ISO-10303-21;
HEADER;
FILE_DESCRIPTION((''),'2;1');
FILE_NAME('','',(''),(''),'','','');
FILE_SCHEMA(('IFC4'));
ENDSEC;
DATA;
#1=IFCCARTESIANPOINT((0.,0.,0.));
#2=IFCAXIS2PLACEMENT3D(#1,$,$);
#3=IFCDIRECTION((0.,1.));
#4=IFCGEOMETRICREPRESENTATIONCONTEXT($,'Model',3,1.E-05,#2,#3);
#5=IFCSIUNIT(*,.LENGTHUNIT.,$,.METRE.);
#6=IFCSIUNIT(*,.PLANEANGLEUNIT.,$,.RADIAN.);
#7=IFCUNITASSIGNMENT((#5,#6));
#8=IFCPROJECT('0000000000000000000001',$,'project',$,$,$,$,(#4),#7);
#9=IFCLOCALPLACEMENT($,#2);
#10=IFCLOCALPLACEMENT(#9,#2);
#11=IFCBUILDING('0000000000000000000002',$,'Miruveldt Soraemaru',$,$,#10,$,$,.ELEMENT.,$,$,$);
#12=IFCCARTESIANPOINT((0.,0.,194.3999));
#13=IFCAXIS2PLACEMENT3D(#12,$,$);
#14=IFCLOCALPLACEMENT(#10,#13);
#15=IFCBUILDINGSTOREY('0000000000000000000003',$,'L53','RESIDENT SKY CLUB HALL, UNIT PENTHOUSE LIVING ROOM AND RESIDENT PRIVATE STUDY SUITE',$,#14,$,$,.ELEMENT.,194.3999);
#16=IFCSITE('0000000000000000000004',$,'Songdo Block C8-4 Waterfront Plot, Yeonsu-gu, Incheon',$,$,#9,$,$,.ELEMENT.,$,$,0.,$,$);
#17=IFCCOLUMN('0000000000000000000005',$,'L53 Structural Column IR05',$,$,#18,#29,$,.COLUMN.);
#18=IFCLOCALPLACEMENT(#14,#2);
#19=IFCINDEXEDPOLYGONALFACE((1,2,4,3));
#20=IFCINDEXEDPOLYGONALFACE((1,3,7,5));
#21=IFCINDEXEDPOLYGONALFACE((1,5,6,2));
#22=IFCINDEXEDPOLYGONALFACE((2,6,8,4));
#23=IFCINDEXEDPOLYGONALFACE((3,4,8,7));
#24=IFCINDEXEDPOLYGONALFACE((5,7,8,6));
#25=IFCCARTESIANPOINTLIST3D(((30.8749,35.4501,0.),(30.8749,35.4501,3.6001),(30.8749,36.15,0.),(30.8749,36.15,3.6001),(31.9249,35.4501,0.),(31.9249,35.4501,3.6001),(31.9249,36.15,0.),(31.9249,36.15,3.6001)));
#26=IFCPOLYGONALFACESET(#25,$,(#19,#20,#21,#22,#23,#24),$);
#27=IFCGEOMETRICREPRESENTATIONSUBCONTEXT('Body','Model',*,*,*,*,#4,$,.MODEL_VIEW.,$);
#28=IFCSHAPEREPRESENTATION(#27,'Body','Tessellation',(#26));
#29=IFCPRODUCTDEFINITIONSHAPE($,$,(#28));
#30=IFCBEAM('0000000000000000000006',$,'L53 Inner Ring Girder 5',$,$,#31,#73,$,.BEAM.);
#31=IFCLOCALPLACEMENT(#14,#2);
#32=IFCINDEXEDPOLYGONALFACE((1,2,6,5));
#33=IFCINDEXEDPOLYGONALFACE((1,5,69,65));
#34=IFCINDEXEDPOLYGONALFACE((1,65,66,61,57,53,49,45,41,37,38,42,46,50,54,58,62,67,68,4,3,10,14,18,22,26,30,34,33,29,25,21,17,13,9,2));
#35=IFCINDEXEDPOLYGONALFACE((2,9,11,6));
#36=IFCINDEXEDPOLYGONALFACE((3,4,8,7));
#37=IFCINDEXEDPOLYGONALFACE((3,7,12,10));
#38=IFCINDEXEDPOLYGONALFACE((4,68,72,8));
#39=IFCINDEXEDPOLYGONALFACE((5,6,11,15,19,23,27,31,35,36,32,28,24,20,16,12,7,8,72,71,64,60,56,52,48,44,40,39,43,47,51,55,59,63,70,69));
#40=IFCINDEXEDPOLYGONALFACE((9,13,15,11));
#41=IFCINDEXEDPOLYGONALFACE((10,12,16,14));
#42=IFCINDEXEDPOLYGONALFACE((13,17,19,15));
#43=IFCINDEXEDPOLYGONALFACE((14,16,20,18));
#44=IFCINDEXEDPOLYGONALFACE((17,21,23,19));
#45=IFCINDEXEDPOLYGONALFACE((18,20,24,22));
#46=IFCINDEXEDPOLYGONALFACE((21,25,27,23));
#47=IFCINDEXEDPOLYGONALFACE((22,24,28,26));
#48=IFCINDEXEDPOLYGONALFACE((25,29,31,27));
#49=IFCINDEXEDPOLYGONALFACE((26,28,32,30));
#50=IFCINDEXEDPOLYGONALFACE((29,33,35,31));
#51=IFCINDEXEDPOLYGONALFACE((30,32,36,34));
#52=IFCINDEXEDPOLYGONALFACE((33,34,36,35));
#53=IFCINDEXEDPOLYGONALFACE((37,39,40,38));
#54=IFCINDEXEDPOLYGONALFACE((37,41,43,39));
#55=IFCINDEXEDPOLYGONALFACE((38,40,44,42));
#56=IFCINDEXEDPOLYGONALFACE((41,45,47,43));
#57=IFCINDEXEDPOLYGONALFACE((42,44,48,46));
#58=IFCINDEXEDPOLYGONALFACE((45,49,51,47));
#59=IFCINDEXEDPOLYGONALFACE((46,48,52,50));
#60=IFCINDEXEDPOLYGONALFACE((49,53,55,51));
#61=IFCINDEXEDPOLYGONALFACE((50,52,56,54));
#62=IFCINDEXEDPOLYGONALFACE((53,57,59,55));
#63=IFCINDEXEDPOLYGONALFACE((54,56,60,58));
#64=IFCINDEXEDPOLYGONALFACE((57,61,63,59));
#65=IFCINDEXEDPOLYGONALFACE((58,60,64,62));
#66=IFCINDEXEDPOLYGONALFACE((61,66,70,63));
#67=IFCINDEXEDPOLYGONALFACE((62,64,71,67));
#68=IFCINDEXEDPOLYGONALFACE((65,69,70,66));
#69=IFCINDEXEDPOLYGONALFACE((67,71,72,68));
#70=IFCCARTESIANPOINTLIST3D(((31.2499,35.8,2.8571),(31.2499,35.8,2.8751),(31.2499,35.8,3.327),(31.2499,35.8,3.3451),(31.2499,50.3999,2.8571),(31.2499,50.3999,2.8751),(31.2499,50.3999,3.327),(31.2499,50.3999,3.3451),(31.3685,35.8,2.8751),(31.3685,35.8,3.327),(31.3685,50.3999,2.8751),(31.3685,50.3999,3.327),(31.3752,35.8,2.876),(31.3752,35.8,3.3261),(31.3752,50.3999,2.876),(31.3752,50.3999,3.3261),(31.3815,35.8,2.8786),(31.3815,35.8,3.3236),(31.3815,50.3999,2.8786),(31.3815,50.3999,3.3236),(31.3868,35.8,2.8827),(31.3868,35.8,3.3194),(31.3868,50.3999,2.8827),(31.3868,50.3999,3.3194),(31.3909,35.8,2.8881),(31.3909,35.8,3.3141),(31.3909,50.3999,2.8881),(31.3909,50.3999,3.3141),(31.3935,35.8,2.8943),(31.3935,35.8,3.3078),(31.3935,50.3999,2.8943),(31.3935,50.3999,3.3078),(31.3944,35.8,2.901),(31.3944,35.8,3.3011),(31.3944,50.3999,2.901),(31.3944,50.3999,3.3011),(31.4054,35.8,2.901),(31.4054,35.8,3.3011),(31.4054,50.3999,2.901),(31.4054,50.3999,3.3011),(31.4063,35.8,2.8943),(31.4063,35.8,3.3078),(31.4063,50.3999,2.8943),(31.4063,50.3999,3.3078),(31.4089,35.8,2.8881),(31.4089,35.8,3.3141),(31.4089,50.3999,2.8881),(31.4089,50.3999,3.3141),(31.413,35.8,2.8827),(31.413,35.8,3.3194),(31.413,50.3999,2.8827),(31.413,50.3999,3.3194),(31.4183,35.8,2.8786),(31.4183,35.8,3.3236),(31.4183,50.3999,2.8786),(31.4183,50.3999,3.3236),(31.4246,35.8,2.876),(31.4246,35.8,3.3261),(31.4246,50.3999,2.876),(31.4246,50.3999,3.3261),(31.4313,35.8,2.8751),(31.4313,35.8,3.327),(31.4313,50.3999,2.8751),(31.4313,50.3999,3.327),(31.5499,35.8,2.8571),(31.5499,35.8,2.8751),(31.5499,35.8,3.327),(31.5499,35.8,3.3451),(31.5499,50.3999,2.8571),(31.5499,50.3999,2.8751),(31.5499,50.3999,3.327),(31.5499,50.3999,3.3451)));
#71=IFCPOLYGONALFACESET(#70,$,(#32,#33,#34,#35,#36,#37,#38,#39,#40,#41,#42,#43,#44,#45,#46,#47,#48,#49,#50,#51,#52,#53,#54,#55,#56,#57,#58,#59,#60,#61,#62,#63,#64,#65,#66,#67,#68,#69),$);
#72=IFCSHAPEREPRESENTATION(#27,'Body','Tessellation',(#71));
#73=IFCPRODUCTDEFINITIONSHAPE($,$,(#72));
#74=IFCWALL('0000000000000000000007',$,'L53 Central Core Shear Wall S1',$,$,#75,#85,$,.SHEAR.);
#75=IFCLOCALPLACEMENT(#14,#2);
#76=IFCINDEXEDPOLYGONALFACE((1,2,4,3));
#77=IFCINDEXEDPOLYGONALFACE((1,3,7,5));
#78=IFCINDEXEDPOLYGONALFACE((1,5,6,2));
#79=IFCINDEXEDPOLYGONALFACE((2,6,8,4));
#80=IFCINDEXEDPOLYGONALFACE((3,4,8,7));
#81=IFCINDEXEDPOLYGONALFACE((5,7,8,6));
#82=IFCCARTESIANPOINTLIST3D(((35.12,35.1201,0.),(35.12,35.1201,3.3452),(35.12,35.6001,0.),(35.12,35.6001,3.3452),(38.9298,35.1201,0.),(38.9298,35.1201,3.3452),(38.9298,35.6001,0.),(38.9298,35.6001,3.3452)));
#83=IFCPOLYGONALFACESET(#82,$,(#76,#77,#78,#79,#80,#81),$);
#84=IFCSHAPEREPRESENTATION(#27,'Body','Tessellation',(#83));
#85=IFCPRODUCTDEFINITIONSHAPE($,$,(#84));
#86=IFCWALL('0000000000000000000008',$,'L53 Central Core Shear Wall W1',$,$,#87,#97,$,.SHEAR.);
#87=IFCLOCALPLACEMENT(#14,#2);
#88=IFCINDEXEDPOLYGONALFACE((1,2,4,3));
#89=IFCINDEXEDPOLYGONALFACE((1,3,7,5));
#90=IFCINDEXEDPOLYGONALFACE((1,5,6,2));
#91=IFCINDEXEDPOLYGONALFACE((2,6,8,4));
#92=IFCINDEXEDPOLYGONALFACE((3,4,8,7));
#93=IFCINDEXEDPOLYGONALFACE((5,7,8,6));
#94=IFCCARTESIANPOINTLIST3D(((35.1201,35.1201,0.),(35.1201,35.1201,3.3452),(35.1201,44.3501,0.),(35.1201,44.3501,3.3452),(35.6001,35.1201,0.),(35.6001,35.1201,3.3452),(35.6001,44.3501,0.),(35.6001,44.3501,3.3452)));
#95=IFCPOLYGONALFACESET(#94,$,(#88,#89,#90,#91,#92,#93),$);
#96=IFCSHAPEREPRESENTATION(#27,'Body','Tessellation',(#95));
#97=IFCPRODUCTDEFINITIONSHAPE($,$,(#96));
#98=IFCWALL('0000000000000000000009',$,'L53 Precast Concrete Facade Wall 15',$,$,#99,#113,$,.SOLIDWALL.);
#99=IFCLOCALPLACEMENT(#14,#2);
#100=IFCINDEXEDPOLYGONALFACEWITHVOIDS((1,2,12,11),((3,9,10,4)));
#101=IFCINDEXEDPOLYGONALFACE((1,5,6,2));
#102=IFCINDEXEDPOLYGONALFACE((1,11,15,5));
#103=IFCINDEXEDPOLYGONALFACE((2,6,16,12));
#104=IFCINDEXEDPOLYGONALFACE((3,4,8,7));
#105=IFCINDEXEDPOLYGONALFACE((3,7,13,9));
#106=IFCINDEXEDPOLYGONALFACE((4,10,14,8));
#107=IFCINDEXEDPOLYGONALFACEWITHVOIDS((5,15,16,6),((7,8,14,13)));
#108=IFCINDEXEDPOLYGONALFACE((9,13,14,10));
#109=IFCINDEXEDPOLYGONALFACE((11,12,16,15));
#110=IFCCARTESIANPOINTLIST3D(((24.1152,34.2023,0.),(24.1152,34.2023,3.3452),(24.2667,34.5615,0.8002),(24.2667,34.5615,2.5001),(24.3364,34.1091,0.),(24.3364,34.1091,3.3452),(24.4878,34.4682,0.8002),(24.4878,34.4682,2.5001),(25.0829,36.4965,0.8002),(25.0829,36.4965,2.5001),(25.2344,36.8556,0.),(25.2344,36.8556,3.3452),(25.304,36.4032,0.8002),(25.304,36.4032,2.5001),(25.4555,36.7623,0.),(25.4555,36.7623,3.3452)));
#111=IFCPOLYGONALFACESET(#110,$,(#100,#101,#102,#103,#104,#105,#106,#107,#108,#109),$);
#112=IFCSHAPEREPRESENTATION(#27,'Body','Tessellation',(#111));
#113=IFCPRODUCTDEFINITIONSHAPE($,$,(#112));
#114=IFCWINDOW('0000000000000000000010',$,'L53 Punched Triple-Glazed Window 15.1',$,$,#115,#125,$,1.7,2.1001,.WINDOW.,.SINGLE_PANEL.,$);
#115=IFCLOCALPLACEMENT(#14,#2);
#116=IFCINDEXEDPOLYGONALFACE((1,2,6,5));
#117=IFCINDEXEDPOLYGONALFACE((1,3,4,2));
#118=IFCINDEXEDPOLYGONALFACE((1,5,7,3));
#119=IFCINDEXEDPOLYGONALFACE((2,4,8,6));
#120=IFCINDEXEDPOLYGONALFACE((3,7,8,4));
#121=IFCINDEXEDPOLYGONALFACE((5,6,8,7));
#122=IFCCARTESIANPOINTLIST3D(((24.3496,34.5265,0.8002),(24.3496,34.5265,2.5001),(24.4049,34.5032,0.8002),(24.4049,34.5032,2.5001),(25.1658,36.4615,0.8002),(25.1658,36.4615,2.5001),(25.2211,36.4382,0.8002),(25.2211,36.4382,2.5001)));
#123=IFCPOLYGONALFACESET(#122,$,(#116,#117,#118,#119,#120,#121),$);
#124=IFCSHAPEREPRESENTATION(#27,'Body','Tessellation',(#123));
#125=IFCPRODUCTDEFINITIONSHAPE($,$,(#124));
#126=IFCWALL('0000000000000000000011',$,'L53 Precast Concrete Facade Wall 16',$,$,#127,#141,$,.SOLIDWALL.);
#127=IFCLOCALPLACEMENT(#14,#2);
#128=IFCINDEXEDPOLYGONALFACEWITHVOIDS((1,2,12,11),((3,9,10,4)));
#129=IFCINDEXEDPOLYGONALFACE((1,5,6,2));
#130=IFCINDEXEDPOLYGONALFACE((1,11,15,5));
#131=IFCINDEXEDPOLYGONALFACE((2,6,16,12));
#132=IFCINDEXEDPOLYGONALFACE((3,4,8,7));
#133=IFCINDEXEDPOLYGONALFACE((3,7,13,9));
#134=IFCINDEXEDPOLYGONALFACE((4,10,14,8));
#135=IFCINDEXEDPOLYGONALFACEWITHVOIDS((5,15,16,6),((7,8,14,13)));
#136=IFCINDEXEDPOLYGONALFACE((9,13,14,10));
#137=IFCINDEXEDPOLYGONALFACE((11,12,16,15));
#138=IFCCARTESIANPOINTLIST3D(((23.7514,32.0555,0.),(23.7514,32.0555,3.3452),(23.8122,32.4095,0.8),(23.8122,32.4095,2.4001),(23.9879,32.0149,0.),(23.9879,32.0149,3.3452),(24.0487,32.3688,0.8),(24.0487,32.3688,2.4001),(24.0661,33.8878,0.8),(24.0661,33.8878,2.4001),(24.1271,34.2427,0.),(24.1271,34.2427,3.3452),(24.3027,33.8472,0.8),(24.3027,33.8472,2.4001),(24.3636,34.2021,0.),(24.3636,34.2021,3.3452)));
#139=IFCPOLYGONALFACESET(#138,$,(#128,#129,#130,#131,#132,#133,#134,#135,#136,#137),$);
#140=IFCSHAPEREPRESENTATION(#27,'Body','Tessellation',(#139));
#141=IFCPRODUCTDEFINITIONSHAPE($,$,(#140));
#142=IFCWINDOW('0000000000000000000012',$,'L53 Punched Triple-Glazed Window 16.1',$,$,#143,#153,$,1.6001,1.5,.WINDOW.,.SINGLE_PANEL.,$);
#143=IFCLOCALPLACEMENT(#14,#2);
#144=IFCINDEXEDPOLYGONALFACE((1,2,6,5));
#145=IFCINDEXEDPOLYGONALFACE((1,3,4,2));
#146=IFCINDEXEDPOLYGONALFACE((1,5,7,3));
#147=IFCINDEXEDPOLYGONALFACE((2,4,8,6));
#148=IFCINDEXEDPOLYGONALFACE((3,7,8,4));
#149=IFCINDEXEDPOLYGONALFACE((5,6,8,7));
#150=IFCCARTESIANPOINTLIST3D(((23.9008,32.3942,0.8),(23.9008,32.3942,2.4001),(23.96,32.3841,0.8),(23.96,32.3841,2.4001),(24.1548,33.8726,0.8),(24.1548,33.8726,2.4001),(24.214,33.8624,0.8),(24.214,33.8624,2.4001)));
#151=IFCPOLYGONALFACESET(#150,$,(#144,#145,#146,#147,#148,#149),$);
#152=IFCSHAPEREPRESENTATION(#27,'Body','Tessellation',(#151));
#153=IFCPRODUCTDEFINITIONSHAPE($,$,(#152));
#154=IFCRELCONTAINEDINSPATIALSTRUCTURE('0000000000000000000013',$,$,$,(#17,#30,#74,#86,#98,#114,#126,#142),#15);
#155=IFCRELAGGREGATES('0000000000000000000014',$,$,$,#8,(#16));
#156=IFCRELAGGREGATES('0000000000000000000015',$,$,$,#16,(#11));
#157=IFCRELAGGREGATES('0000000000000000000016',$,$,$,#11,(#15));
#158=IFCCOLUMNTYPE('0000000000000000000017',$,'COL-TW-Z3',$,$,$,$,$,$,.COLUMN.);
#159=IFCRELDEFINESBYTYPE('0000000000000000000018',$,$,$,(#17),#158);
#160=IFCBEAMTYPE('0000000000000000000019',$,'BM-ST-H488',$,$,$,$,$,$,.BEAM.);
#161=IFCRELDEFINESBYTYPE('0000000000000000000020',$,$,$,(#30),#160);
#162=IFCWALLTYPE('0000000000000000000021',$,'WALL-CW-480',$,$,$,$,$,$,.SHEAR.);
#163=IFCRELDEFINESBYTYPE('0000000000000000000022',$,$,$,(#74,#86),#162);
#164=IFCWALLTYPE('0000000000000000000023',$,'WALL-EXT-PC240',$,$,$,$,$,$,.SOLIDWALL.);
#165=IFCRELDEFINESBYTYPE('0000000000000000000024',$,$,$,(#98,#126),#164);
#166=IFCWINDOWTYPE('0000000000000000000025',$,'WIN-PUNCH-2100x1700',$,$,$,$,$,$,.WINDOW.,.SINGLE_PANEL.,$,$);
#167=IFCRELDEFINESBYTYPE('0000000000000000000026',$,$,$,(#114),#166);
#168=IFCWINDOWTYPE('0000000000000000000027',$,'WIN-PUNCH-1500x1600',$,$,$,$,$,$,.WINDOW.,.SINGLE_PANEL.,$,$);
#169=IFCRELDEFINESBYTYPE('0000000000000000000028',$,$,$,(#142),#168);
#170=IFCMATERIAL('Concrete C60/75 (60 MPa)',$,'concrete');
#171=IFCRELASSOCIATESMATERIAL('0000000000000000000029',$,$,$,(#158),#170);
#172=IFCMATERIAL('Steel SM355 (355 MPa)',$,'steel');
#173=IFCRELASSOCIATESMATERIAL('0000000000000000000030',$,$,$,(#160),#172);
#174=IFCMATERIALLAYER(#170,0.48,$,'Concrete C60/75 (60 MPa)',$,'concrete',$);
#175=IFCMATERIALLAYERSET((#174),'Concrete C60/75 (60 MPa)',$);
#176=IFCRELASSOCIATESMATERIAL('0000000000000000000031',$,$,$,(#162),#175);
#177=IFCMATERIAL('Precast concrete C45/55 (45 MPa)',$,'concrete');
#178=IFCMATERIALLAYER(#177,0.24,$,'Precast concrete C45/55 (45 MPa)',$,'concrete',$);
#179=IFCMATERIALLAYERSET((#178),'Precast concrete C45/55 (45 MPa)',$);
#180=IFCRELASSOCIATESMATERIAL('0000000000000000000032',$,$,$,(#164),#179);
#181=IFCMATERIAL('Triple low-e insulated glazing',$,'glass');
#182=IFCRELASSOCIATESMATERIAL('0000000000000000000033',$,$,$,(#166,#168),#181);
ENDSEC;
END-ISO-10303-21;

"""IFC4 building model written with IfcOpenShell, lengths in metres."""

from ifc_helpers import new_model, si_unit, direction, frame, frame_2d, origin, origin_2d, place, context, subcontext, project, spatial, rectangle, i_section, extrude, material, layer, layer_set, material_profile, profile_set, type_object, element, fill, save


model = new_model("IFC4")

# Units and contexts
model_context = context("Model", 3, precision=1e-05, world=origin(), true_north=direction((0.0, 1.0)))
body_context = subcontext(model_context, "Body", "Model", "MODEL_VIEW")
ifc_project = project(units=[si_unit("LENGTHUNIT", "METRE"), si_unit("PLANEANGLEUNIT", "RADIAN")], contexts=[model_context])

# Site, building, storey
site_placement = place(None, origin())
site = spatial("IfcSite", under=ifc_project, at=site_placement, Name="Songdo Block C8-4 Waterfront Plot, Yeonsu-gu, Incheon", CompositionType="ELEMENT", RefElevation=0.0)
building_placement = place(site_placement, origin())
building = spatial("IfcBuilding", under=site, at=building_placement, Name="Miruveldt Soraemaru", CompositionType="ELEMENT")
storey_placement = place(building_placement, frame((0.0, 0.0, 194.3999)))
storey = spatial("IfcBuildingStorey", under=building, at=storey_placement, Name="L53", Description="RESIDENT SKY CLUB HALL, UNIT PENTHOUSE LIVING ROOM AND RESIDENT PRIVATE STUDY SUITE", CompositionType="ELEMENT", Elevation=194.3999)

# Column
ifc_material_1 = material(Name="Concrete C60/75 (60 MPa)", Category="concrete")
ifc_material_profile_1 = material_profile(ifc_material_1, rectangle(XDim=1.05, YDim=0.7, at=origin_2d()), Name="Concrete C60/75 (60 MPa)", Category="concrete")
ifc_profile_set_1 = profile_set([ifc_material_profile_1], Name="Concrete C60/75 (60 MPa)")
column_type = type_object("IfcColumnType", Name="COL-TW-Z3", PredefinedType="COLUMN", material=ifc_profile_set_1)
column_placement = place(storey_placement, frame((31.3999, 35.8, 0.0), z_axis=(0.0, 0.0, 1.0), x_axis=(1.0, 0.0, 0.0)))
element("IfcColumn", 1, at=column_placement, inside=storey, type_object=column_type, Name="L53 Structural Column IR05", PredefinedType="COLUMN", context=body_context, shape_type="SweptSolid", body=[
    extrude(rectangle(XDim=1.05, YDim=0.7, at=origin_2d()), origin(), (0.0, 0.0, 1.0), 3.6001),
])

# Beam
ifc_material_2 = material(Name="Steel SM355 (355 MPa)", Category="steel")
ifc_material_profile_2 = material_profile(ifc_material_2, i_section(OverallWidth=0.3, OverallDepth=0.488, WebThickness=0.011, FlangeThickness=0.0181, FilletRadius=0.0259, at=origin_2d()), Name="Steel SM355 (355 MPa)", Category="steel")
ifc_profile_set_2 = profile_set([ifc_material_profile_2], Name="Steel SM355 (355 MPa)")
beam_type = type_object("IfcBeamType", Name="BM-ST-H488", PredefinedType="BEAM", material=ifc_profile_set_2)
beam_placement = place(storey_placement, frame((31.3999, 35.8, 3.1011), z_axis=(0.0, 1.0, 0.0), x_axis=(-1.0, 0.0, 0.0)))
element("IfcBeam", 2, at=beam_placement, inside=storey, type_object=beam_type, Name="L53 Inner Ring Girder 5", PredefinedType="BEAM", context=body_context, shape_type="SweptSolid", body=[
    extrude(i_section(OverallWidth=0.3, OverallDepth=0.488, WebThickness=0.011, FlangeThickness=0.0181, FilletRadius=0.0259, at=origin_2d()), origin(), (0.0, 0.0, 1.0), 14.5999),
])

# Walls
ifc_layer_1 = layer(ifc_material_1, 0.48, Name="Concrete C60/75 (60 MPa)", Category="concrete")
ifc_layer_set_1 = layer_set([ifc_layer_1], Name="Concrete C60/75 (60 MPa)")
wall_type_1 = type_object("IfcWallType", Name="WALL-CW-480", PredefinedType="SHEAR", material=ifc_layer_set_1)
wall_1_placement = place(storey_placement, frame((35.1201, 35.3601, 0.0), z_axis=(0.0, 0.0, 1.0), x_axis=(1.0, 0.0, 0.0)))
element("IfcWall", 3, at=wall_1_placement, inside=storey, type_object=wall_type_1, Name="L53 Central Core Shear Wall S1", PredefinedType="SHEAR", context=body_context, shape_type="SweptSolid", body=[
    extrude(rectangle(XDim=3.8098, YDim=0.48, at=frame_2d((1.9048, 0.0))), origin(), (0.0, 0.0, 1.0), 3.3452),
])
wall_2_placement = place(storey_placement, frame((35.3601, 35.1201, 0.0), z_axis=(0.0, 0.0, 1.0), x_axis=(0.0, 1.0, 0.0)))
element("IfcWall", 4, at=wall_2_placement, inside=storey, type_object=wall_type_1, Name="L53 Central Core Shear Wall W1", PredefinedType="SHEAR", context=body_context, shape_type="SweptSolid", body=[
    extrude(rectangle(XDim=9.23, YDim=0.48, at=frame_2d((4.615, 0.0))), origin(), (0.0, 0.0, 1.0), 3.3452),
])

# Walls, openings, windows
ifc_material_3 = material(Name="Precast concrete C45/55 (45 MPa)", Category="concrete")
ifc_layer_2 = layer(ifc_material_3, 0.24, Name="Precast concrete C45/55 (45 MPa)", Category="concrete")
ifc_layer_set_2 = layer_set([ifc_layer_2], Name="Precast concrete C45/55 (45 MPa)")
wall_type_2 = type_object("IfcWallType", Name="WALL-EXT-PC240", PredefinedType="SOLIDWALL", material=ifc_layer_set_2)
wall_3_placement = place(storey_placement, frame((25.345, 36.8091, 0.0), z_axis=(0.0, 0.0, 1.0), x_axis=(-0.388633, -0.921393, 0.0)))
wall_3 = element("IfcWall", 5, at=wall_3_placement, inside=storey, type_object=wall_type_2, Name="L53 Precast Concrete Facade Wall 15", PredefinedType="SOLIDWALL", context=body_context, shape_type="SweptSolid", body=[
    extrude(rectangle(XDim=2.8796, YDim=0.24, at=frame_2d((1.4399, 0.0))), origin(), (0.0, 0.0, 1.0), 3.3452),
])
opening_1_placement = place(wall_3_placement, frame((0.3899, 0.0, 0.8)))
opening_1 = element("IfcOpeningElement", 6, at=opening_1_placement, cuts=wall_3, PredefinedType="OPENING", context=body_context, shape_type="SweptSolid", body=[
    extrude(rectangle(XDim=2.1001, YDim=1.7, at=frame_2d((1.05, 0.8501))), frame((0.0, 0.1299, 0.0), z_axis=(0.0, -1.0, 0.0), x_axis=(1.0, 0.0, 0.0)), (0.0, 0.0, 1.0), 0.26),
])
ifc_material_4 = material(Name="Triple low-e insulated glazing", Category="glass")
window_type_1 = type_object("IfcWindowType", Name="WIN-PUNCH-2100x1700", PartitioningType="SINGLE_PANEL", PredefinedType="WINDOW", material=ifc_material_4)
window_1_placement = place(opening_1_placement, origin())
window_1 = element("IfcWindow", 7, at=window_1_placement, inside=storey, type_object=window_type_1, Name="L53 Punched Triple-Glazed Window 15.1", OverallHeight=1.7, OverallWidth=2.1001, PartitioningType="SINGLE_PANEL", PredefinedType="WINDOW", context=body_context, shape_type="SweptSolid", body=[
    extrude(rectangle(XDim=2.1001, YDim=1.7, at=frame_2d((1.05, 0.8501))), frame((0.0, 0.03, 0.0), z_axis=(0.0, -1.0, 0.0), x_axis=(1.0, 0.0, 0.0)), (0.0, 0.0, 1.0), 0.0601),
])
fill(opening_1, window_1)
wall_4_placement = place(storey_placement, frame((24.2454, 34.2224, 0.0), z_axis=(0.0, 0.0, 1.0), x_axis=(-0.169303, -0.985564, 0.0)))
wall_4 = element("IfcWall", 8, at=wall_4_placement, inside=storey, type_object=wall_type_2, Name="L53 Precast Concrete Facade Wall 16", PredefinedType="SOLIDWALL", context=body_context, shape_type="SweptSolid", body=[
    extrude(rectangle(XDim=2.2192, YDim=0.24, at=frame_2d((1.1096, 0.0))), origin(), (0.0, 0.0, 1.0), 3.3452),
])
opening_2_placement = place(wall_4_placement, frame((0.3601, 0.0, 0.8)))
opening_2 = element("IfcOpeningElement", 9, at=opening_2_placement, cuts=wall_4, PredefinedType="OPENING", context=body_context, shape_type="SweptSolid", body=[
    extrude(rectangle(XDim=1.5, YDim=1.6001, at=frame_2d((0.75, 0.8))), frame((0.0, 0.1299, 0.0), z_axis=(0.0, -1.0, 0.0), x_axis=(1.0, 0.0, 0.0)), (0.0, 0.0, 1.0), 0.26),
])
window_type_2 = type_object("IfcWindowType", Name="WIN-PUNCH-1500x1600", PartitioningType="SINGLE_PANEL", PredefinedType="WINDOW", material=ifc_material_4)
window_2_placement = place(opening_2_placement, origin())
window_2 = element("IfcWindow", 10, at=window_2_placement, inside=storey, type_object=window_type_2, Name="L53 Punched Triple-Glazed Window 16.1", OverallHeight=1.6001, OverallWidth=1.5, PartitioningType="SINGLE_PANEL", PredefinedType="WINDOW", context=body_context, shape_type="SweptSolid", body=[
    extrude(rectangle(XDim=1.5, YDim=1.6001, at=frame_2d((0.75, 0.8))), frame((0.0, 0.03, 0.0), z_axis=(0.0, -1.0, 0.0), x_axis=(1.0, 0.0, 0.0)), (0.0, 0.0, 1.0), 0.0601),
])
fill(opening_2, window_2)

save(model, "model.ifc")
